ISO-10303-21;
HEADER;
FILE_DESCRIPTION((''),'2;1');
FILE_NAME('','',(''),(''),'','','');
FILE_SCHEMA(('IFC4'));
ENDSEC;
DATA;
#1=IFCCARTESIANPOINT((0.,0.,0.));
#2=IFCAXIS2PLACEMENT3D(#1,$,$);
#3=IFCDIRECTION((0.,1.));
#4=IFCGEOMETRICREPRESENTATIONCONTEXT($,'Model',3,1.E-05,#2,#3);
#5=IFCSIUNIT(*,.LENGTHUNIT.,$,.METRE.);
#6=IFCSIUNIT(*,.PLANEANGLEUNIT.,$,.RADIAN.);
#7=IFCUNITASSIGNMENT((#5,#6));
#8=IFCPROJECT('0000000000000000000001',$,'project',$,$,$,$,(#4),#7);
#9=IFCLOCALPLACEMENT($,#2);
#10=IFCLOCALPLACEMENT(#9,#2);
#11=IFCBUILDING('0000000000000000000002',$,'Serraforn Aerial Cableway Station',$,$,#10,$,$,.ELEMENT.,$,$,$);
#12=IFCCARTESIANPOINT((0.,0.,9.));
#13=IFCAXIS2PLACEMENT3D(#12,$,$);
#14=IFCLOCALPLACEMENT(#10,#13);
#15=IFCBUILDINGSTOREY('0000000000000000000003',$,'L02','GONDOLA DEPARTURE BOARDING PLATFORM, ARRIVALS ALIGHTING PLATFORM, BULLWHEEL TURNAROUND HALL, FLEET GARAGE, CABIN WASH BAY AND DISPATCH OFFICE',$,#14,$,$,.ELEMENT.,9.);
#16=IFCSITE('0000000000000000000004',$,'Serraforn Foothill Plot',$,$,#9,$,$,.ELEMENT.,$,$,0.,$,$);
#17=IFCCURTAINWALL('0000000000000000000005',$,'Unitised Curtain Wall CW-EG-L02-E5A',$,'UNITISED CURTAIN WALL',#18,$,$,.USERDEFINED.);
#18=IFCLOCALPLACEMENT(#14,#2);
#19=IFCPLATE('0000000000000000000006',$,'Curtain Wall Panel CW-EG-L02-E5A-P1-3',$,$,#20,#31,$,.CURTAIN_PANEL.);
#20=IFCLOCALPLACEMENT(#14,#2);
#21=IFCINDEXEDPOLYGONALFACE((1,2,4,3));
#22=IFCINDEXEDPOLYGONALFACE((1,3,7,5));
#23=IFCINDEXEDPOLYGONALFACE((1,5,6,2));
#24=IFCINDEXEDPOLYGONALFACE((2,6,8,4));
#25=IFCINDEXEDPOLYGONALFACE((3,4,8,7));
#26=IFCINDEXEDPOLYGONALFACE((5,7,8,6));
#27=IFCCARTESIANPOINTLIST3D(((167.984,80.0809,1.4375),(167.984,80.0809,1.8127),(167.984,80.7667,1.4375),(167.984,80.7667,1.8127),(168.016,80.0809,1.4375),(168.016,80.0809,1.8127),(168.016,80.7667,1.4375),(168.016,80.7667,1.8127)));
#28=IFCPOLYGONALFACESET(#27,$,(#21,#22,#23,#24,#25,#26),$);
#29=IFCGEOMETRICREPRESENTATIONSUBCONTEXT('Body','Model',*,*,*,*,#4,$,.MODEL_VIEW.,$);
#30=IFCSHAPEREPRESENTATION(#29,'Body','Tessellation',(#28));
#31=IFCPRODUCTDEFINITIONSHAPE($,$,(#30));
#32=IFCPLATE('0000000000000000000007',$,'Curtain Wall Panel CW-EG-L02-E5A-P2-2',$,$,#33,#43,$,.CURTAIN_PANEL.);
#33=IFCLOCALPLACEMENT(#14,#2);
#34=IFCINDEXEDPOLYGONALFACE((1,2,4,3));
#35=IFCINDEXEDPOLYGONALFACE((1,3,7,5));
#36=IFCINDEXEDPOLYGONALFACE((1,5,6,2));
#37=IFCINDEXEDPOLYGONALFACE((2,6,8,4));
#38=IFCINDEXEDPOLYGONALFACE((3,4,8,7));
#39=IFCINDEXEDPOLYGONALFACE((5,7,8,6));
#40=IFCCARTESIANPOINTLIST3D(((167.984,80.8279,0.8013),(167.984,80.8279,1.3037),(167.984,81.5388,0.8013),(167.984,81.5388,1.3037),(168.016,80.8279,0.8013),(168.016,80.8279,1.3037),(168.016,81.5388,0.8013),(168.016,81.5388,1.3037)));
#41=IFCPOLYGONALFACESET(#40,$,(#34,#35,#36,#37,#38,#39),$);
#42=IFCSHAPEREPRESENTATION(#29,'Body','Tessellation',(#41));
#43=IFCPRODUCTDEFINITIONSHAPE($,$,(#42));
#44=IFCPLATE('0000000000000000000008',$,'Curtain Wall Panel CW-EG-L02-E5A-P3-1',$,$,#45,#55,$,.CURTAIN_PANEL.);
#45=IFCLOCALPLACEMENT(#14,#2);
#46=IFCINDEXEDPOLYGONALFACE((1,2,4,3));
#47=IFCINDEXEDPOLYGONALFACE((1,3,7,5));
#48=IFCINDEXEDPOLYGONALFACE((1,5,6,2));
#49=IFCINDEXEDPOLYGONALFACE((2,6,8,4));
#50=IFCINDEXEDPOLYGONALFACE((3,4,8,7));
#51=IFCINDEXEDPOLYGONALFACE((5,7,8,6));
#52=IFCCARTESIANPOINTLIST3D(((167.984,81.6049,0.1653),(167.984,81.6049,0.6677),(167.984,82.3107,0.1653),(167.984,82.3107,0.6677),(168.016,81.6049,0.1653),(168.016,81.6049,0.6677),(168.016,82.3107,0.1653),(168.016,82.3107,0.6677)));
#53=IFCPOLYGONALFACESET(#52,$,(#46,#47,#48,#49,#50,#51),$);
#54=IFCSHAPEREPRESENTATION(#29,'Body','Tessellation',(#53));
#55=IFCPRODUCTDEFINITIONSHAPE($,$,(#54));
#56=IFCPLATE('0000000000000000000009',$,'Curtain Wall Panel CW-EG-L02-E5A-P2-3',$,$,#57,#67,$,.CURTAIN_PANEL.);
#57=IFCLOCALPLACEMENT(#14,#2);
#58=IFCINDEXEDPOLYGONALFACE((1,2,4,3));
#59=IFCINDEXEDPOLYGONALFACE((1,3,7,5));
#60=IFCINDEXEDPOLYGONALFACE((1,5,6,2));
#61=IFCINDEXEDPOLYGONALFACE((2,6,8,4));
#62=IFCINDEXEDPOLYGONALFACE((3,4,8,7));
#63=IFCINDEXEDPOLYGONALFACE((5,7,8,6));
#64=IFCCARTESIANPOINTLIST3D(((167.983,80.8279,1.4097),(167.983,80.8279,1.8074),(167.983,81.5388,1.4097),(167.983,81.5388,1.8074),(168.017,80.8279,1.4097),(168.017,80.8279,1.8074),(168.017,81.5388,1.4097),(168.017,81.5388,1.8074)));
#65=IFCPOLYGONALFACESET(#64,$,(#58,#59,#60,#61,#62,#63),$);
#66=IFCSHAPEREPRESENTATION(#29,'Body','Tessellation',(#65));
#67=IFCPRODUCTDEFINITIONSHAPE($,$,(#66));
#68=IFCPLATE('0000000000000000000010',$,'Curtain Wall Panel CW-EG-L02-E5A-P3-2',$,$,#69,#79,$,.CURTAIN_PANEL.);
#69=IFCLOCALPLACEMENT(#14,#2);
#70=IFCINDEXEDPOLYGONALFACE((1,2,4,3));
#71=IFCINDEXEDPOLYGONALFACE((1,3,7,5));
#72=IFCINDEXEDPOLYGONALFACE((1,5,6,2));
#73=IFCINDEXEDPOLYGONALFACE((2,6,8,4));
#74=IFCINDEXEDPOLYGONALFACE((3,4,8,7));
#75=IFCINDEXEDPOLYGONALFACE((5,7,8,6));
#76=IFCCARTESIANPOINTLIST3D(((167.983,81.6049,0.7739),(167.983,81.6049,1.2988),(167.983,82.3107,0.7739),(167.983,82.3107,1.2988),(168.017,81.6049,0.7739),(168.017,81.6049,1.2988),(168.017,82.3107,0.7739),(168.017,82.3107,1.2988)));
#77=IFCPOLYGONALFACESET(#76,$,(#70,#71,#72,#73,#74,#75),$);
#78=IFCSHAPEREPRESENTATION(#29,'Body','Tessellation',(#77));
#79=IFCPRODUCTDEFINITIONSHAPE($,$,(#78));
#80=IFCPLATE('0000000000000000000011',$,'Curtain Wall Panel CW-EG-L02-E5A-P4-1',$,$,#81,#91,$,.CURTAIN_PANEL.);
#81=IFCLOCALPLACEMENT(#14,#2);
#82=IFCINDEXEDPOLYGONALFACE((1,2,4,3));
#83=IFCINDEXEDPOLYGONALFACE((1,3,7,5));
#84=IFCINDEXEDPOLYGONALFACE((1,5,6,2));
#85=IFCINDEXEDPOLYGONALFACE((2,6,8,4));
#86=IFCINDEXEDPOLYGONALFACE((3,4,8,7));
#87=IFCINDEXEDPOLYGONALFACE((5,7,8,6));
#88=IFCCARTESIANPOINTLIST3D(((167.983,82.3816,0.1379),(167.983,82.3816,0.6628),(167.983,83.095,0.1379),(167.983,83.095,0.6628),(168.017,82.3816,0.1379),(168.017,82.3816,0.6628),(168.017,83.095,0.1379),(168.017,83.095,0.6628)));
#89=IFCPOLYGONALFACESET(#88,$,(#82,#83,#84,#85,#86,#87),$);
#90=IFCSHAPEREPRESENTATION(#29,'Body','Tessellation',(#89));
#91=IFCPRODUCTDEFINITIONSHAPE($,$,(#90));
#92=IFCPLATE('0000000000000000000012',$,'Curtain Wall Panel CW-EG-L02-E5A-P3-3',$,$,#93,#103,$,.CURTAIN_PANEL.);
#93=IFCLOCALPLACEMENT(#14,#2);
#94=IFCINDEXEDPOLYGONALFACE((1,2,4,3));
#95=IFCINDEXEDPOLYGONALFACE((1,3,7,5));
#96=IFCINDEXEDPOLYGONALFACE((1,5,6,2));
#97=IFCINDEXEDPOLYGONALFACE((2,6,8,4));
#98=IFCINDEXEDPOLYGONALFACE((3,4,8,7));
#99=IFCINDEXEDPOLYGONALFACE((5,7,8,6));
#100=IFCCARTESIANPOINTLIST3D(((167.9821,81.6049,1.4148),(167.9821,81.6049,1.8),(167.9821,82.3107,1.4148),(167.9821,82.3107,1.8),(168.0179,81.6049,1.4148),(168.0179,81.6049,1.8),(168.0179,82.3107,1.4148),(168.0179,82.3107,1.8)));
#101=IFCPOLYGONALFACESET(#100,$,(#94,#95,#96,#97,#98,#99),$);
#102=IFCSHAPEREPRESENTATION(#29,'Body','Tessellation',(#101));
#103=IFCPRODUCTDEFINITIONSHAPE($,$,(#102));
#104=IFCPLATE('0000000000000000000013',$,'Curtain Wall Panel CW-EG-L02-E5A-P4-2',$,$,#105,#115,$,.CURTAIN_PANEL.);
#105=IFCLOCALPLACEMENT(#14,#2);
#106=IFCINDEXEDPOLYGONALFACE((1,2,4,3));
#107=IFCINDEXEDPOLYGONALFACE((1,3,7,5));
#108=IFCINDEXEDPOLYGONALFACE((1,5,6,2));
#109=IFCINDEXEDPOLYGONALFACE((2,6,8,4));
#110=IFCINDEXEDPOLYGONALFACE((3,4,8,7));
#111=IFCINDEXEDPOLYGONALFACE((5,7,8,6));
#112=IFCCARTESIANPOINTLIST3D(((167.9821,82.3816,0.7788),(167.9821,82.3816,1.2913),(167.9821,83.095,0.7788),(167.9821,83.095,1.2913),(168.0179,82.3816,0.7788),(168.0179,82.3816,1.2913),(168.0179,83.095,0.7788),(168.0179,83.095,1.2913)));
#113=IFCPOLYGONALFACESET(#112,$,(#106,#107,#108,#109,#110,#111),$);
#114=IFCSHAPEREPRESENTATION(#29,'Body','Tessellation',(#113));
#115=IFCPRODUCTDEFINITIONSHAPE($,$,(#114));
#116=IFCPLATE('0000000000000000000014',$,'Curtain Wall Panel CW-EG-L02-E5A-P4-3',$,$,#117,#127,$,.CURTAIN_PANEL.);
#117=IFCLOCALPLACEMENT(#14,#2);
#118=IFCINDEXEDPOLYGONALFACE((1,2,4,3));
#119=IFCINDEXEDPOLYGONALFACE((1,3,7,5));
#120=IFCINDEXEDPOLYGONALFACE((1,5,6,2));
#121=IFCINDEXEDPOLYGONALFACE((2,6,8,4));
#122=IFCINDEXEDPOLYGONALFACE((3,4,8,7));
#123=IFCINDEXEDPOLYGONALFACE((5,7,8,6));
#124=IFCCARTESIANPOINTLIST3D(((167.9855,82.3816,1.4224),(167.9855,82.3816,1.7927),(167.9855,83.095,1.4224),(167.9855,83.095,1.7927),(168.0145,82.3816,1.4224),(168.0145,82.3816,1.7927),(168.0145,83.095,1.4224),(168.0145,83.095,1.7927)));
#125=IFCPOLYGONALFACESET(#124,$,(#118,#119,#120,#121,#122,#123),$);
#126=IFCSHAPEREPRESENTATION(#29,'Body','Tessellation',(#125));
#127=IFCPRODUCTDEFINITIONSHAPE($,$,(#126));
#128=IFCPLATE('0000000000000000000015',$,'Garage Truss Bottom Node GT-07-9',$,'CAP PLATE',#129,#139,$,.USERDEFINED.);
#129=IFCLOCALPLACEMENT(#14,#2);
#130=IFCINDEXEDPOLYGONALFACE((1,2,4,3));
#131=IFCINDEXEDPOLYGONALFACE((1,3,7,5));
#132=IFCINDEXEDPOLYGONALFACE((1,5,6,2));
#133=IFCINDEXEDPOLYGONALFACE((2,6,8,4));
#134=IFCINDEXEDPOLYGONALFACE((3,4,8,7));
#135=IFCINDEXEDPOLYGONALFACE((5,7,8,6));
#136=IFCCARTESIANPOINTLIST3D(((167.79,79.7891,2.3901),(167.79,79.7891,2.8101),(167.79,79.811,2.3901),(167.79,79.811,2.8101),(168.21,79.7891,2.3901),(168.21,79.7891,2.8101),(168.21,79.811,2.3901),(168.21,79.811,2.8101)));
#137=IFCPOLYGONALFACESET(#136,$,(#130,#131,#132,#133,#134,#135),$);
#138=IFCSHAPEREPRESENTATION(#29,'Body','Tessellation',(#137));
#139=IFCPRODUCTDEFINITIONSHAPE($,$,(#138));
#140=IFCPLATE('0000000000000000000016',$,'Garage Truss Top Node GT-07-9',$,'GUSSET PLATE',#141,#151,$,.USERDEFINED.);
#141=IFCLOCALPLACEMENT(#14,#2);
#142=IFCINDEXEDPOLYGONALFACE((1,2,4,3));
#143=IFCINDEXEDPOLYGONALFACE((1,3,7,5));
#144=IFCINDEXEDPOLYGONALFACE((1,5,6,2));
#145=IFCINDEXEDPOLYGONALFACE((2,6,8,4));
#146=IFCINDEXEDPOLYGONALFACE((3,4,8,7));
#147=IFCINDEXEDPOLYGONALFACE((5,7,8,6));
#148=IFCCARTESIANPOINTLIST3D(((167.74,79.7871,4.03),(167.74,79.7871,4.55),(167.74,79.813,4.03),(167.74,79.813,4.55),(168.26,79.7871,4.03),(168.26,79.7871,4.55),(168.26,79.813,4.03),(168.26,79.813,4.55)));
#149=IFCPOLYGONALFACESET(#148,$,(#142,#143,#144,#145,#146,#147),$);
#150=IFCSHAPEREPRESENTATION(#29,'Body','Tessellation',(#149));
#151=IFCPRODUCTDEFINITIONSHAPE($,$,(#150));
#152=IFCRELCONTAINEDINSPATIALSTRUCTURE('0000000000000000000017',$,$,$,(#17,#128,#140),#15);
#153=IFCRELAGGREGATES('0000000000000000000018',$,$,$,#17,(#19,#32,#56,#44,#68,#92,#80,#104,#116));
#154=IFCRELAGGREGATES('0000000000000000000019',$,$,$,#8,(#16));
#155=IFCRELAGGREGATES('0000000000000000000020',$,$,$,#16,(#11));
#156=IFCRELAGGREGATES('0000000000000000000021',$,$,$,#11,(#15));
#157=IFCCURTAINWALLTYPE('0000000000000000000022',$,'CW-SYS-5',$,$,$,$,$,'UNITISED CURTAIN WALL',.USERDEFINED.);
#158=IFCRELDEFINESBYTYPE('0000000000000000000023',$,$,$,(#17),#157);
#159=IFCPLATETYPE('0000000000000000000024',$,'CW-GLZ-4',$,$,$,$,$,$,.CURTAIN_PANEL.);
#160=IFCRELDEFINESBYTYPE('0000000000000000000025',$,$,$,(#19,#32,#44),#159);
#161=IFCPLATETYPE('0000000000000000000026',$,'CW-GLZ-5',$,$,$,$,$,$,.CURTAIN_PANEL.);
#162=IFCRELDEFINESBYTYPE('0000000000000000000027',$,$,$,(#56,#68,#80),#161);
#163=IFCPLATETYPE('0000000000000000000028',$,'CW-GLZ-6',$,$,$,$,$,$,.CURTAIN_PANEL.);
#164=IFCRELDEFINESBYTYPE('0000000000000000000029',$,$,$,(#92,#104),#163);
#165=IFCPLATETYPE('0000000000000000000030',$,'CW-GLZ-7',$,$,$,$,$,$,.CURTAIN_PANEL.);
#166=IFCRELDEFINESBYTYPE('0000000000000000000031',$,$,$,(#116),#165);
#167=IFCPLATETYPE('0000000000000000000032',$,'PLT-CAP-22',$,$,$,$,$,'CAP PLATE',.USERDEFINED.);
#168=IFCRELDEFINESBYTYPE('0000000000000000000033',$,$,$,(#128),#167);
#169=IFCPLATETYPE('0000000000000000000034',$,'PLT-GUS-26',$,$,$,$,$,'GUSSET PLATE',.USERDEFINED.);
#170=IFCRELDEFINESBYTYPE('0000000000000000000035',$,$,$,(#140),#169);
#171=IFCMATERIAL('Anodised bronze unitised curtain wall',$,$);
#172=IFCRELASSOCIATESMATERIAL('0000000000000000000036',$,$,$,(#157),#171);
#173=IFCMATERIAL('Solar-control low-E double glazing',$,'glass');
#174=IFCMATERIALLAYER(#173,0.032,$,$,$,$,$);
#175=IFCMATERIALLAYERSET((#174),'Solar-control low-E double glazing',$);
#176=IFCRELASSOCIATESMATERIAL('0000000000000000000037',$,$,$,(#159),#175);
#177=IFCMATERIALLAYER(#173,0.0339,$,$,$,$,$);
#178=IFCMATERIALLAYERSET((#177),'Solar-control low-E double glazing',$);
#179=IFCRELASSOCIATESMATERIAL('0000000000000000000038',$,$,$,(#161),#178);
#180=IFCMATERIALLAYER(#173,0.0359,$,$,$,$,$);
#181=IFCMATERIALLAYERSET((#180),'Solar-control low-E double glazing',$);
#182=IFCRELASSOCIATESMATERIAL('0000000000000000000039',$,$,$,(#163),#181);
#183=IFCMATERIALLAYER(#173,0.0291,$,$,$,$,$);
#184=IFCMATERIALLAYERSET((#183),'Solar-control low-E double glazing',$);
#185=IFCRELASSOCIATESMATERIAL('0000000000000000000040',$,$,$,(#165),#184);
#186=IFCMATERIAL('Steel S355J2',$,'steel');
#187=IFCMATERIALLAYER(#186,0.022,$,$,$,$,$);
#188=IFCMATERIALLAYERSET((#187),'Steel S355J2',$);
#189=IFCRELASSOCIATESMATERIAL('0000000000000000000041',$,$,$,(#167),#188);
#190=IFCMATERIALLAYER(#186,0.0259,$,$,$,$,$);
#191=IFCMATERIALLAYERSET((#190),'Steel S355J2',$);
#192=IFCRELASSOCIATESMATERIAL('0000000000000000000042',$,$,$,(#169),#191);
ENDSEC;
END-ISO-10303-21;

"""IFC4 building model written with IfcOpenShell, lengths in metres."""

from ifc_helpers import new_model, si_unit, direction, frame, origin, origin_2d, place, context, subcontext, project, spatial, rectangle, extrude, material, layer, layer_set, type_object, element, aggregate, save


model = new_model("IFC4")

# Units and contexts
model_context = context("Model", 3, precision=1e-05, world=origin(), true_north=direction((0.0, 1.0)))
body_context = subcontext(model_context, "Body", "Model", "MODEL_VIEW")
ifc_project = project(units=[si_unit("LENGTHUNIT", "METRE"), si_unit("PLANEANGLEUNIT", "RADIAN")], contexts=[model_context])

# Site, building, storey
site_placement = place(None, origin())
site = spatial("IfcSite", under=ifc_project, at=site_placement, Name="Serraforn Foothill Plot", CompositionType="ELEMENT", RefElevation=0.0)
building_placement = place(site_placement, origin())
building = spatial("IfcBuilding", under=site, at=building_placement, Name="Serraforn Aerial Cableway Station", CompositionType="ELEMENT")
storey_placement = place(building_placement, frame((0.0, 0.0, 9.0)))
storey = spatial("IfcBuildingStorey", under=building, at=storey_placement, Name="L02", Description="GONDOLA DEPARTURE BOARDING PLATFORM, ARRIVALS ALIGHTING PLATFORM, BULLWHEEL TURNAROUND HALL, FLEET GARAGE, CABIN WASH BAY AND DISPATCH OFFICE", CompositionType="ELEMENT", Elevation=9.0)

# Curtain wall, plates
ifc_material_1 = material(Name="Anodised bronze unitised curtain wall")
curtain_wall_type = type_object("IfcCurtainWallType", Name="CW-SYS-5", ElementType="UNITISED CURTAIN WALL", PredefinedType="USERDEFINED", material=ifc_material_1)
curtain_wall_placement = place(storey_placement, origin())
curtain_wall = element("IfcCurtainWall", 1, at=curtain_wall_placement, inside=storey, type_object=curtain_wall_type, Name="Unitised Curtain Wall CW-EG-L02-E5A", ObjectType="UNITISED CURTAIN WALL", PredefinedType="USERDEFINED")
ifc_material_2 = material(Name="Solar-control low-E double glazing", Category="glass")
ifc_layer_1 = layer(ifc_material_2, 0.032)
ifc_layer_set_1 = layer_set([ifc_layer_1], Name="Solar-control low-E double glazing")
plate_type_1 = type_object("IfcPlateType", Name="CW-GLZ-4", PredefinedType="CURTAIN_PANEL", material=ifc_layer_set_1)
plate_1_placement = place(storey_placement, frame((168.0, 80.4238, 1.4375), z_axis=(0.0, 0.0, 1.0), x_axis=(1.0, 0.0, 0.0)))
plate_1 = element("IfcPlate", 2, at=plate_1_placement, type_object=plate_type_1, Name="Curtain Wall Panel CW-EG-L02-E5A-P1-3", PredefinedType="CURTAIN_PANEL", context=body_context, shape_type="SweptSolid", body=[
    extrude(rectangle(XDim=0.032, YDim=0.6858, at=origin_2d()), origin(), (0.0, 0.0, 1.0), 0.3752),
])
plate_2_placement = place(storey_placement, frame((168.0, 81.1833, 0.8013), z_axis=(0.0, 0.0, 1.0), x_axis=(1.0, 0.0, 0.0)))
plate_2 = element("IfcPlate", 3, at=plate_2_placement, type_object=plate_type_1, Name="Curtain Wall Panel CW-EG-L02-E5A-P2-2", PredefinedType="CURTAIN_PANEL", context=body_context, shape_type="SweptSolid", body=[
    extrude(rectangle(XDim=0.032, YDim=0.7109, at=origin_2d()), origin(), (0.0, 0.0, 1.0), 0.5024),
])
plate_3_placement = place(storey_placement, frame((168.0, 81.9578, 0.1653), z_axis=(0.0, 0.0, 1.0), x_axis=(1.0, 0.0, 0.0)))
plate_3 = element("IfcPlate", 4, at=plate_3_placement, type_object=plate_type_1, Name="Curtain Wall Panel CW-EG-L02-E5A-P3-1", PredefinedType="CURTAIN_PANEL", context=body_context, shape_type="SweptSolid", body=[
    extrude(rectangle(XDim=0.032, YDim=0.7058, at=origin_2d()), origin(), (0.0, 0.0, 1.0), 0.5024),
])
ifc_layer_2 = layer(ifc_material_2, 0.0339)
ifc_layer_set_2 = layer_set([ifc_layer_2], Name="Solar-control low-E double glazing")
plate_type_2 = type_object("IfcPlateType", Name="CW-GLZ-5", PredefinedType="CURTAIN_PANEL", material=ifc_layer_set_2)
plate_4_placement = place(storey_placement, frame((168.0, 81.1833, 1.4097), z_axis=(0.0, 0.0, 1.0), x_axis=(1.0, 0.0, 0.0)))
plate_4 = element("IfcPlate", 5, at=plate_4_placement, type_object=plate_type_2, Name="Curtain Wall Panel CW-EG-L02-E5A-P2-3", PredefinedType="CURTAIN_PANEL", context=body_context, shape_type="SweptSolid", body=[
    extrude(rectangle(XDim=0.0339, YDim=0.7109, at=origin_2d()), origin(), (0.0, 0.0, 1.0), 0.3977),
])
plate_5_placement = place(storey_placement, frame((168.0, 81.9578, 0.7739), z_axis=(0.0, 0.0, 1.0), x_axis=(1.0, 0.0, 0.0)))
plate_5 = element("IfcPlate", 6, at=plate_5_placement, type_object=plate_type_2, Name="Curtain Wall Panel CW-EG-L02-E5A-P3-2", PredefinedType="CURTAIN_PANEL", context=body_context, shape_type="SweptSolid", body=[
    extrude(rectangle(XDim=0.0339, YDim=0.7058, at=origin_2d()), origin(), (0.0, 0.0, 1.0), 0.5249),
])
plate_6_placement = place(storey_placement, frame((168.0, 82.7383, 0.1379), z_axis=(0.0, 0.0, 1.0), x_axis=(1.0, 0.0, 0.0)))
plate_6 = element("IfcPlate", 7, at=plate_6_placement, type_object=plate_type_2, Name="Curtain Wall Panel CW-EG-L02-E5A-P4-1", PredefinedType="CURTAIN_PANEL", context=body_context, shape_type="SweptSolid", body=[
    extrude(rectangle(XDim=0.0339, YDim=0.7134, at=origin_2d()), origin(), (0.0, 0.0, 1.0), 0.5249),
])
ifc_layer_3 = layer(ifc_material_2, 0.0359)
ifc_layer_set_3 = layer_set([ifc_layer_3], Name="Solar-control low-E double glazing")
plate_type_3 = type_object("IfcPlateType", Name="CW-GLZ-6", PredefinedType="CURTAIN_PANEL", material=ifc_layer_set_3)
plate_7_placement = place(storey_placement, frame((168.0, 81.9578, 1.4148), z_axis=(0.0, 0.0, 1.0), x_axis=(1.0, 0.0, 0.0)))
plate_7 = element("IfcPlate", 8, at=plate_7_placement, type_object=plate_type_3, Name="Curtain Wall Panel CW-EG-L02-E5A-P3-3", PredefinedType="CURTAIN_PANEL", context=body_context, shape_type="SweptSolid", body=[
    extrude(rectangle(XDim=0.0359, YDim=0.7058, at=origin_2d()), origin(), (0.0, 0.0, 1.0), 0.3853),
])
plate_8_placement = place(storey_placement, frame((168.0, 82.7383, 0.7788), z_axis=(0.0, 0.0, 1.0), x_axis=(1.0, 0.0, 0.0)))
plate_8 = element("IfcPlate", 9, at=plate_8_placement, type_object=plate_type_3, Name="Curtain Wall Panel CW-EG-L02-E5A-P4-2", PredefinedType="CURTAIN_PANEL", context=body_context, shape_type="SweptSolid", body=[
    extrude(rectangle(XDim=0.0359, YDim=0.7134, at=origin_2d()), origin(), (0.0, 0.0, 1.0), 0.5125),
])
ifc_layer_4 = layer(ifc_material_2, 0.0291)
ifc_layer_set_4 = layer_set([ifc_layer_4], Name="Solar-control low-E double glazing")
plate_type_4 = type_object("IfcPlateType", Name="CW-GLZ-7", PredefinedType="CURTAIN_PANEL", material=ifc_layer_set_4)
plate_9_placement = place(storey_placement, frame((168.0, 82.7383, 1.4224), z_axis=(0.0, 0.0, 1.0), x_axis=(1.0, 0.0, 0.0)))
plate_9 = element("IfcPlate", 10, at=plate_9_placement, type_object=plate_type_4, Name="Curtain Wall Panel CW-EG-L02-E5A-P4-3", PredefinedType="CURTAIN_PANEL", context=body_context, shape_type="SweptSolid", body=[
    extrude(rectangle(XDim=0.0291, YDim=0.7134, at=origin_2d()), origin(), (0.0, 0.0, 1.0), 0.3704),
])
aggregate(curtain_wall, [plate_1, plate_2, plate_4, plate_3, plate_5, plate_7, plate_6, plate_8, plate_9])

# Plates
ifc_material_3 = material(Name="Steel S355J2", Category="steel")
ifc_layer_5 = layer(ifc_material_3, 0.022)
ifc_layer_set_5 = layer_set([ifc_layer_5], Name="Steel S355J2")
plate_type_5 = type_object("IfcPlateType", Name="PLT-CAP-22", ElementType="CAP PLATE", PredefinedType="USERDEFINED", material=ifc_layer_set_5)
plate_10_placement = place(storey_placement, frame((168.0, 79.8, 2.3901), z_axis=(0.0, 0.0, 1.0), x_axis=(1.0, 0.0, 0.0)))
element("IfcPlate", 11, at=plate_10_placement, inside=storey, type_object=plate_type_5, Name="Garage Truss Bottom Node GT-07-9", ObjectType="CAP PLATE", PredefinedType="USERDEFINED", context=body_context, shape_type="SweptSolid", body=[
    extrude(rectangle(XDim=0.4199, YDim=0.022, at=origin_2d()), origin(), (0.0, 0.0, 1.0), 0.4199),
])
ifc_layer_6 = layer(ifc_material_3, 0.0259)
ifc_layer_set_6 = layer_set([ifc_layer_6], Name="Steel S355J2")
plate_type_6 = type_object("IfcPlateType", Name="PLT-GUS-26", ElementType="GUSSET PLATE", PredefinedType="USERDEFINED", material=ifc_layer_set_6)
plate_11_placement = place(storey_placement, frame((168.0, 79.8, 4.03), z_axis=(0.0, 0.0, 1.0), x_axis=(1.0, 0.0, 0.0)))
element("IfcPlate", 12, at=plate_11_placement, inside=storey, type_object=plate_type_6, Name="Garage Truss Top Node GT-07-9", ObjectType="GUSSET PLATE", PredefinedType="USERDEFINED", context=body_context, shape_type="SweptSolid", body=[
    extrude(rectangle(XDim=0.52, YDim=0.0259, at=origin_2d()), origin(), (0.0, 0.0, 1.0), 0.52),
])

save(model, "model.ifc")
